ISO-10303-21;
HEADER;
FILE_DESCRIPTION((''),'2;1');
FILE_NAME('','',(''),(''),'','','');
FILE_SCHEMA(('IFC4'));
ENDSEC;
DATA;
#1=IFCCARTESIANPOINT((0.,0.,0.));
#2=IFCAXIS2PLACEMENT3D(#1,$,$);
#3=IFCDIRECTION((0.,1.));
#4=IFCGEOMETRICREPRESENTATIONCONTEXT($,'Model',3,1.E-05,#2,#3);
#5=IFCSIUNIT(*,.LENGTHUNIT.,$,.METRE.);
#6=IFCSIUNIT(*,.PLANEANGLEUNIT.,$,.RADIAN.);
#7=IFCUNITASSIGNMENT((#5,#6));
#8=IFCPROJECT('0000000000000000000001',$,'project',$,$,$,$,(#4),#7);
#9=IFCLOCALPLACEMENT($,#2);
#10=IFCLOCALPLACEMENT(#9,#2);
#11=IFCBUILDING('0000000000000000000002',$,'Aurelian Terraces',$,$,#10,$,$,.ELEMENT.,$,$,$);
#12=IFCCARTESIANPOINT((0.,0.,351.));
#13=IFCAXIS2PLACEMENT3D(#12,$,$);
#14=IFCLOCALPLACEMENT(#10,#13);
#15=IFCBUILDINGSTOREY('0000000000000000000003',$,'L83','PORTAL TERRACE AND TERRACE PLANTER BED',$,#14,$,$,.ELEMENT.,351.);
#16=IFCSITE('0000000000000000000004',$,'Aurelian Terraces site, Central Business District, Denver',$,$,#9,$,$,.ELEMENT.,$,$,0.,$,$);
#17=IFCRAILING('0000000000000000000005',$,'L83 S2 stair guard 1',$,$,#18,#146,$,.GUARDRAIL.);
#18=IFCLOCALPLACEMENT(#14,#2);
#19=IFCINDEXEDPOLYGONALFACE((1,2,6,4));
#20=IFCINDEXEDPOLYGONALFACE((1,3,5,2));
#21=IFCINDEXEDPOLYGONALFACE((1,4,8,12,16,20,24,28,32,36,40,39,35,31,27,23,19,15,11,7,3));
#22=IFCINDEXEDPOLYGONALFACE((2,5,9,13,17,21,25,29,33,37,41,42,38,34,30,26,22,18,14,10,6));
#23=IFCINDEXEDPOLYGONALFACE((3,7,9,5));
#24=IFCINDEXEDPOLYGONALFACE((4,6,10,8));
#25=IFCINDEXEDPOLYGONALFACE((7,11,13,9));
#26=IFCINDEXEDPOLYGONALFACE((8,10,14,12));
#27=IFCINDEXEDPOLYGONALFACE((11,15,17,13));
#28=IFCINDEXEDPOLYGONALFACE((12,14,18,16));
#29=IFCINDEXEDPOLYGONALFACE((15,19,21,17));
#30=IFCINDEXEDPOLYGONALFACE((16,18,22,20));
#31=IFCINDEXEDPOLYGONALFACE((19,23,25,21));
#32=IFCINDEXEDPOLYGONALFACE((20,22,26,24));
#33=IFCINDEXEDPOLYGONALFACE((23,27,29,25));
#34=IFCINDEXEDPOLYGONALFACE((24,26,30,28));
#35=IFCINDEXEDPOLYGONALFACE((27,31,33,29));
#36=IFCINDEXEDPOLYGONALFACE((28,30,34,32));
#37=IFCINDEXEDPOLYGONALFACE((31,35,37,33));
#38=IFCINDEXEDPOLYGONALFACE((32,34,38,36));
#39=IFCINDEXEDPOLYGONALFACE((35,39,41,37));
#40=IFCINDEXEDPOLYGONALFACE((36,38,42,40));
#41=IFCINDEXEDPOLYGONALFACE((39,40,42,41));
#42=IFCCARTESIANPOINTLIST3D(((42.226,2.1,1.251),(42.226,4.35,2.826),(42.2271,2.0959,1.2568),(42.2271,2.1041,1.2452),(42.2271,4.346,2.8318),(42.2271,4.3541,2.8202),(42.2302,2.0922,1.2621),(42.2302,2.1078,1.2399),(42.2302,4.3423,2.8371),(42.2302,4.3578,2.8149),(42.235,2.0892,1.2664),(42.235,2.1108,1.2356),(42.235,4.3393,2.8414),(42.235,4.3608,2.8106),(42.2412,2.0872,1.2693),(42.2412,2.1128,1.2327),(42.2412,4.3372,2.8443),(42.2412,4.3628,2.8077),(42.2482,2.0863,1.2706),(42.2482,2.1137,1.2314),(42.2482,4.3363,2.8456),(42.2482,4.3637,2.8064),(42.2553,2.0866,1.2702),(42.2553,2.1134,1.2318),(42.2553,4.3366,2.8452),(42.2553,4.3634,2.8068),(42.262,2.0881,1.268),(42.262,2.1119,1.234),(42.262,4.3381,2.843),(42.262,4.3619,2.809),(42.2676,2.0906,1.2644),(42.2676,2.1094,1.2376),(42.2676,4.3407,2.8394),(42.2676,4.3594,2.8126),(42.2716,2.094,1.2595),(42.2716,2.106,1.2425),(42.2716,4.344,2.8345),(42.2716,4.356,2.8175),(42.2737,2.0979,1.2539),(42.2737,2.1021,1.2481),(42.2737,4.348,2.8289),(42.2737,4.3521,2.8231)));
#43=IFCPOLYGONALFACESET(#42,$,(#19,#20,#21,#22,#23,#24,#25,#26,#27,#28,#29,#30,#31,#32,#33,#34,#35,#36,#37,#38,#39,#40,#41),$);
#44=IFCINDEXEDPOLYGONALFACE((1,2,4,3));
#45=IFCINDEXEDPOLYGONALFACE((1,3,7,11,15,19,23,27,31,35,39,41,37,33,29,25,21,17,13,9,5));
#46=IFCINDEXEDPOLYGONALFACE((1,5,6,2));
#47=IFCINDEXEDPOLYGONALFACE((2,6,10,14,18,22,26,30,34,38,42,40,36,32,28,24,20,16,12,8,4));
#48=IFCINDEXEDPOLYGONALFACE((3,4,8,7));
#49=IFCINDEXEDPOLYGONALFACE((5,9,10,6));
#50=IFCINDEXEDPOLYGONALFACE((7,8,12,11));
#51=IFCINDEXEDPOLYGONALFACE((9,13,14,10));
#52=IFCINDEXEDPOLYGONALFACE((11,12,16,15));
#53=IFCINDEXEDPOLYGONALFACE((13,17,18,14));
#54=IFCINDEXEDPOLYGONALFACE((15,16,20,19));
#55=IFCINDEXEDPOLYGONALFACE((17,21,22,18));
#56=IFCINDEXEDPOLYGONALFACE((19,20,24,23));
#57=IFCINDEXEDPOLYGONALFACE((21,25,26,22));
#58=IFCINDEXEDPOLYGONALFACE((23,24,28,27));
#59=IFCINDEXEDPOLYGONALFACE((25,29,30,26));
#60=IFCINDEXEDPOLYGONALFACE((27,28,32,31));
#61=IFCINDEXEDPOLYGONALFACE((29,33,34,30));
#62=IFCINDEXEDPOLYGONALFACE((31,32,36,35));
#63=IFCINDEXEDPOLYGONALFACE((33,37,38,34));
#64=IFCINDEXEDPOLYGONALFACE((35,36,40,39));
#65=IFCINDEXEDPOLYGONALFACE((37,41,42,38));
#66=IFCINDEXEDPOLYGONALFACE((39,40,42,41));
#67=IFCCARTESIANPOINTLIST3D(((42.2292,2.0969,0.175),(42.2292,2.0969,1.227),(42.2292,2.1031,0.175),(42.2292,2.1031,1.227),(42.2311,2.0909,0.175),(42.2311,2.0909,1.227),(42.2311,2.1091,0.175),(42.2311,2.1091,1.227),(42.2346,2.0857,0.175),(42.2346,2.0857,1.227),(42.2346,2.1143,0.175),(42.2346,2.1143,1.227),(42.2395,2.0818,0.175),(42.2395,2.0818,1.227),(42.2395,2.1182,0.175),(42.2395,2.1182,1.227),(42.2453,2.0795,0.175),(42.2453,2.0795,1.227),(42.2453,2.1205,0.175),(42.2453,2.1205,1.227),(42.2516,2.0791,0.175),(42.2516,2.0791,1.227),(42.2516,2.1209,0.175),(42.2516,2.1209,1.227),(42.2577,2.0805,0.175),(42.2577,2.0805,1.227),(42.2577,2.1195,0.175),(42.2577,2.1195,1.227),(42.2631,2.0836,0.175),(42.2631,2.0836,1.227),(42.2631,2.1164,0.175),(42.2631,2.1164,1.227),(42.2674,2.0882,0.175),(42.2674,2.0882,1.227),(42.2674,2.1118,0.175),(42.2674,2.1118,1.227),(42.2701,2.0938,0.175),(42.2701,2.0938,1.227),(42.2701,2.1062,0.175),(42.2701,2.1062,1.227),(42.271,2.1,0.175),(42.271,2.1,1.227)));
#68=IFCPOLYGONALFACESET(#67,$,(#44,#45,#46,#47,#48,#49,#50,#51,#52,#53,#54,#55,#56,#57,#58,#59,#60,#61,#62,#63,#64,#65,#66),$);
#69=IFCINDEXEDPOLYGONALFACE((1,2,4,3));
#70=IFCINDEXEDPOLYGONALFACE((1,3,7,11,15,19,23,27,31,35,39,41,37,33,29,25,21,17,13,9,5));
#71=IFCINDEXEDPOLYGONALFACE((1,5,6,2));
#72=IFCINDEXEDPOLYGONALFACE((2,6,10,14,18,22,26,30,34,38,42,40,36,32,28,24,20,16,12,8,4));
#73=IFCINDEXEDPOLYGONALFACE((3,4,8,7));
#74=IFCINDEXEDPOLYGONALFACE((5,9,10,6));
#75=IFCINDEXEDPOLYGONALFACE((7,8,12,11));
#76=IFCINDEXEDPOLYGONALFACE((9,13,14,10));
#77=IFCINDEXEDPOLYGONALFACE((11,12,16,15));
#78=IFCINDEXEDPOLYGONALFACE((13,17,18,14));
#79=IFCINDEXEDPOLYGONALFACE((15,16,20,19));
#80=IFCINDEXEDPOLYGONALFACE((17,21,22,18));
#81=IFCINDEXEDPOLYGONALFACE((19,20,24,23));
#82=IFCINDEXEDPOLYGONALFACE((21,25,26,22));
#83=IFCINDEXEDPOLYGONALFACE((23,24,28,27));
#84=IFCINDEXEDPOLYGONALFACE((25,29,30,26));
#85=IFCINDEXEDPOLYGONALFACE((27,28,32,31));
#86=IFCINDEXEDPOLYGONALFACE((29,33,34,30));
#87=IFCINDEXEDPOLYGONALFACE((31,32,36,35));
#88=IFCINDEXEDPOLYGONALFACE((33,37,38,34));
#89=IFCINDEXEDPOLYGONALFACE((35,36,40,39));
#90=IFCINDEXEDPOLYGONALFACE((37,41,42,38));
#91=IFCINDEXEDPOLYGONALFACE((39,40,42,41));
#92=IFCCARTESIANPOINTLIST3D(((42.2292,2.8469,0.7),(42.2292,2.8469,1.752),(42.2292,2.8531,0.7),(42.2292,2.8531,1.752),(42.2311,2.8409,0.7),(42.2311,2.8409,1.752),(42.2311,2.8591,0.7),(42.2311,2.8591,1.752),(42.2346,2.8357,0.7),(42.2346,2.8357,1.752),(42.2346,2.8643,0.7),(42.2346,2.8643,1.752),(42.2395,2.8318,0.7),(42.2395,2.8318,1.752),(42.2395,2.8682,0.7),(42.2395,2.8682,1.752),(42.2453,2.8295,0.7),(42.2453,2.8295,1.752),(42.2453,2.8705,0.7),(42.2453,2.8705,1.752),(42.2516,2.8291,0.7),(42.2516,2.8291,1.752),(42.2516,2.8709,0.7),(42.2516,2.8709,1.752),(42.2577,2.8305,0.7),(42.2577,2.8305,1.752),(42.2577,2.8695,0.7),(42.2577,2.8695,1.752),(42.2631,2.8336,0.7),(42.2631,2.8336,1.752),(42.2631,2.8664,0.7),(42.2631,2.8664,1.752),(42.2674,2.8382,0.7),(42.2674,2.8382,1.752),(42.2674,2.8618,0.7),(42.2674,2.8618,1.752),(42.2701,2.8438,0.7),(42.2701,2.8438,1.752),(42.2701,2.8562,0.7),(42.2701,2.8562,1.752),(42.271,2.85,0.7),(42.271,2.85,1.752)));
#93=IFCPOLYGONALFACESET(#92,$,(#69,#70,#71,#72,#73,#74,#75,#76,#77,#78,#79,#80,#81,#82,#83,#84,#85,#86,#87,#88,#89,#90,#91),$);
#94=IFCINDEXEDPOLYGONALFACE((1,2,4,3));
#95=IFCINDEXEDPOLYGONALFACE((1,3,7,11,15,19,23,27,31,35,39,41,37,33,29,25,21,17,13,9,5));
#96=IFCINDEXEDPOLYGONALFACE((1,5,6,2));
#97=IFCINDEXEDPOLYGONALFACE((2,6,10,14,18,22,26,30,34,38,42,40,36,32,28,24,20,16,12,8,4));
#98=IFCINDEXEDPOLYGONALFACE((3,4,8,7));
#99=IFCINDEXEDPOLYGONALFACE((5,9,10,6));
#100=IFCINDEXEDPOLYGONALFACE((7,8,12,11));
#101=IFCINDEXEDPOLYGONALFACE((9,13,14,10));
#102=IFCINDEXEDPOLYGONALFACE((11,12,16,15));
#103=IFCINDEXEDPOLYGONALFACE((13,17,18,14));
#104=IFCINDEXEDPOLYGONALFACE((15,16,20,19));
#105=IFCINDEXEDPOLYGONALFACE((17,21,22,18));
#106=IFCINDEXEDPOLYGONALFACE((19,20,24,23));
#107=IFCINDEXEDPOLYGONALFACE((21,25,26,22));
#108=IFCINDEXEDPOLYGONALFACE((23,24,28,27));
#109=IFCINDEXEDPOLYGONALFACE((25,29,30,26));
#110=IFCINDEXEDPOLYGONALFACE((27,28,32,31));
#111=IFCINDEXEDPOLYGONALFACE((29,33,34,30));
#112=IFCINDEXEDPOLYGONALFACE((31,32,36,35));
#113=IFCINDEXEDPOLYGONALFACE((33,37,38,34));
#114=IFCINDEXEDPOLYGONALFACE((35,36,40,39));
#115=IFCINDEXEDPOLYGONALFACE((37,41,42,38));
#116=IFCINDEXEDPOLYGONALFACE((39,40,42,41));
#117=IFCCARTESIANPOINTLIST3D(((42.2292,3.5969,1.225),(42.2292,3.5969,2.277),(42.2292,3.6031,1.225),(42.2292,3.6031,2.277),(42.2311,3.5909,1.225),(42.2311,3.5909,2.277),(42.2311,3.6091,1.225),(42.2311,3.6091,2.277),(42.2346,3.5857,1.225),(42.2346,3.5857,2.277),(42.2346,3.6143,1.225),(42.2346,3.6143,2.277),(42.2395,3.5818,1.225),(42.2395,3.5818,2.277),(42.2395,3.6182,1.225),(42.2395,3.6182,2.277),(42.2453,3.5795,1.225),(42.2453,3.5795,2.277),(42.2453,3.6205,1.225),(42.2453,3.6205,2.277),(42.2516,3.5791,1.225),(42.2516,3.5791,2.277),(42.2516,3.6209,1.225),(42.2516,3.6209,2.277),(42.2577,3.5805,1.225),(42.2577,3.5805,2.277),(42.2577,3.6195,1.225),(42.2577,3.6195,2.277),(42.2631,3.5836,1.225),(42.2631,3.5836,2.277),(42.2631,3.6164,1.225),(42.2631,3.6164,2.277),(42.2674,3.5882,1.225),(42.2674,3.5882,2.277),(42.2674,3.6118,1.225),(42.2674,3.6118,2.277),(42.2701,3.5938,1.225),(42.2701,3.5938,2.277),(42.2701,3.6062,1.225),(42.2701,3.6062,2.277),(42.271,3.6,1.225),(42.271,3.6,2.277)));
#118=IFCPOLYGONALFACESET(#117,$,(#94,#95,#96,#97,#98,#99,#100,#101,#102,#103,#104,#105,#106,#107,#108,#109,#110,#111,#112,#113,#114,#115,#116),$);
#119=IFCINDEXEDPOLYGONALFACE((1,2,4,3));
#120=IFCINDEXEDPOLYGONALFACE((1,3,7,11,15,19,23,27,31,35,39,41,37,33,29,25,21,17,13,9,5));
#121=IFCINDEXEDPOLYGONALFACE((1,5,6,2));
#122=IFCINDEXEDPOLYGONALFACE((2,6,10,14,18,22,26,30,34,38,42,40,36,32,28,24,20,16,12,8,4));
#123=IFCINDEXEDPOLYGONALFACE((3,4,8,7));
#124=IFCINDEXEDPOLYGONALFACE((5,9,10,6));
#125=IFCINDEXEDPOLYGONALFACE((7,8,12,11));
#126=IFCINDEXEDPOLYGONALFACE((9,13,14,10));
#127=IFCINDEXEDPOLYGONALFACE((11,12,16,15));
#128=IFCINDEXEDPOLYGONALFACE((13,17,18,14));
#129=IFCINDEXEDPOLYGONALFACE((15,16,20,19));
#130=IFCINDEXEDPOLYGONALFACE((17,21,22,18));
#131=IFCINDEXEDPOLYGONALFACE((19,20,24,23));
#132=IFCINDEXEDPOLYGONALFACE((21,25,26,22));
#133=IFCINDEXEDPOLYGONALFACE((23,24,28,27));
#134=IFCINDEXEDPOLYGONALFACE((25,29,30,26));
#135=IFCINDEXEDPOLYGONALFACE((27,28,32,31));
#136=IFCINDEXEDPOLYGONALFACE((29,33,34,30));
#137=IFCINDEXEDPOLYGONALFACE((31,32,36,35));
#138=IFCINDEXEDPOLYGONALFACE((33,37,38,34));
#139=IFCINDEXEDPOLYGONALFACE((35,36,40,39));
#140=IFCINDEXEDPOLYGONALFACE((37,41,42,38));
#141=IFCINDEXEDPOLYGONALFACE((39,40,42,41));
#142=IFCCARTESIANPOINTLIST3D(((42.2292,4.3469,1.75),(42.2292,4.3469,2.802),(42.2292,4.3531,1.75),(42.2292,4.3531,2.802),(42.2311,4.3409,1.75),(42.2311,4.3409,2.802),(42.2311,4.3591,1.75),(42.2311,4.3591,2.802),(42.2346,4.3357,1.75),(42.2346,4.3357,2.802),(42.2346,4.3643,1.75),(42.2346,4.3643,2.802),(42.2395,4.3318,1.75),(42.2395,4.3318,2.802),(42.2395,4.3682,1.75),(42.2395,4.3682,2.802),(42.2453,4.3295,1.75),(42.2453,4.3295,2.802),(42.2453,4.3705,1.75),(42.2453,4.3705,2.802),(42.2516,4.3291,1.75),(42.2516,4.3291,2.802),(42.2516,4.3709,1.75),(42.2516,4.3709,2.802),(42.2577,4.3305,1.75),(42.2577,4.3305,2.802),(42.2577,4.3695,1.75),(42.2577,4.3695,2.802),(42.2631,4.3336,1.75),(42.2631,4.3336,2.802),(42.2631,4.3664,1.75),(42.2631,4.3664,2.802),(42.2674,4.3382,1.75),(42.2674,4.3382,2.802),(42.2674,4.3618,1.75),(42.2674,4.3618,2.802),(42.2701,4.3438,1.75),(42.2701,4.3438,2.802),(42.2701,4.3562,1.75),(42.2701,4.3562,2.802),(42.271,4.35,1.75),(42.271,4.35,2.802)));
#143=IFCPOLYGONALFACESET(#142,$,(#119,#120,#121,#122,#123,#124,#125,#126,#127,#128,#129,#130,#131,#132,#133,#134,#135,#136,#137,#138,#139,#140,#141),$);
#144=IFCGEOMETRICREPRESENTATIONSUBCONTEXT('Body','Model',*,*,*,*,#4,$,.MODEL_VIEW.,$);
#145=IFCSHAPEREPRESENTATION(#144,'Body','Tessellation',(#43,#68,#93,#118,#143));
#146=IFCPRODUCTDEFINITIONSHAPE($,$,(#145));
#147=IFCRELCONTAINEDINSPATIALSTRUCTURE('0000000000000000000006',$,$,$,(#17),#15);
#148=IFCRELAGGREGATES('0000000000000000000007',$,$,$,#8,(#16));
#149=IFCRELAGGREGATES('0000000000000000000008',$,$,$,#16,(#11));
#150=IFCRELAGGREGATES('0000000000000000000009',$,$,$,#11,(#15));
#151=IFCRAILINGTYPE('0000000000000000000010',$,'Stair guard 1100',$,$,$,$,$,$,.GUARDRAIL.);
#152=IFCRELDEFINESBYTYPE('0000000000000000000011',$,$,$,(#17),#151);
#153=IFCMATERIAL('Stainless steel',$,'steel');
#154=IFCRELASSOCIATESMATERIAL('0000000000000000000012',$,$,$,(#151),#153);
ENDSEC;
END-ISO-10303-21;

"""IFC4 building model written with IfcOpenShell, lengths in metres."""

from ifc_helpers import new_model, si_unit, direction, frame, origin, origin_2d, place, context, subcontext, project, spatial, circle, extrude, source, transform, mapped, material, type_object, element, save


model = new_model("IFC4")

# Units and contexts
model_context = context("Model", 3, precision=1e-05, world=origin(), true_north=direction((0.0, 1.0)))
body_context = subcontext(model_context, "Body", "Model", "MODEL_VIEW")
ifc_project = project(units=[si_unit("LENGTHUNIT", "METRE"), si_unit("PLANEANGLEUNIT", "RADIAN")], contexts=[model_context])

# Site, building, storey
site_placement = place(None, origin())
site = spatial("IfcSite", under=ifc_project, at=site_placement, Name="Aurelian Terraces site, Central Business District, Denver", CompositionType="ELEMENT", RefElevation=0.0)
building_placement = place(site_placement, origin())
building = spatial("IfcBuilding", under=site, at=building_placement, Name="Aurelian Terraces", CompositionType="ELEMENT")
storey_placement = place(building_placement, frame((0.0, 0.0, 351.0)))
storey = spatial("IfcBuildingStorey", under=building, at=storey_placement, Name="L83", Description="PORTAL TERRACE AND TERRACE PLANTER BED", CompositionType="ELEMENT", Elevation=351.0)

# Railing
ifc_material_1 = material(Name="Stainless steel", Category="steel")
railing_type_1 = type_object("IfcRailingType", Name="Stair guard 1100", PredefinedType="GUARDRAIL", material=ifc_material_1)
shared_shape_1 = source(origin(), body_context, "Body", "SweptSolid", [
    extrude(circle(Radius=0.024, at=origin_2d()), frame((0.0, 0.0, 1.076), z_axis=(0.0, 0.819232, 0.573462), x_axis=(-1.0, 0.0, 0.0)), (0.0, 0.0, 1.0), 2.7465),
    extrude(circle(Radius=0.021, at=origin_2d()), origin(), (0.0, 0.0, 1.0), 1.052),
    extrude(circle(Radius=0.021, at=origin_2d()), frame((0.0, 0.75, 0.525)), (0.0, 0.0, 1.0), 1.052),
    extrude(circle(Radius=0.021, at=origin_2d()), frame((0.0, 1.5, 1.05)), (0.0, 0.0, 1.0), 1.052),
    extrude(circle(Radius=0.021, at=origin_2d()), frame((0.0, 2.25, 1.575)), (0.0, 0.0, 1.0), 1.052),
])
railing_1_placement = place(storey_placement, frame((42.25, 2.1, 0.175)))
element("IfcRailing", 1, at=railing_1_placement, inside=storey, type_object=railing_type_1, Name="L83 S2 stair guard 1", PredefinedType="GUARDRAIL", context=body_context, shape_type="MappedRepresentation", body=[
    mapped(shared_shape_1, transform((0.0, 0.0, 0.0), scale=1.0)),
])

save(model, "model.ifc")
